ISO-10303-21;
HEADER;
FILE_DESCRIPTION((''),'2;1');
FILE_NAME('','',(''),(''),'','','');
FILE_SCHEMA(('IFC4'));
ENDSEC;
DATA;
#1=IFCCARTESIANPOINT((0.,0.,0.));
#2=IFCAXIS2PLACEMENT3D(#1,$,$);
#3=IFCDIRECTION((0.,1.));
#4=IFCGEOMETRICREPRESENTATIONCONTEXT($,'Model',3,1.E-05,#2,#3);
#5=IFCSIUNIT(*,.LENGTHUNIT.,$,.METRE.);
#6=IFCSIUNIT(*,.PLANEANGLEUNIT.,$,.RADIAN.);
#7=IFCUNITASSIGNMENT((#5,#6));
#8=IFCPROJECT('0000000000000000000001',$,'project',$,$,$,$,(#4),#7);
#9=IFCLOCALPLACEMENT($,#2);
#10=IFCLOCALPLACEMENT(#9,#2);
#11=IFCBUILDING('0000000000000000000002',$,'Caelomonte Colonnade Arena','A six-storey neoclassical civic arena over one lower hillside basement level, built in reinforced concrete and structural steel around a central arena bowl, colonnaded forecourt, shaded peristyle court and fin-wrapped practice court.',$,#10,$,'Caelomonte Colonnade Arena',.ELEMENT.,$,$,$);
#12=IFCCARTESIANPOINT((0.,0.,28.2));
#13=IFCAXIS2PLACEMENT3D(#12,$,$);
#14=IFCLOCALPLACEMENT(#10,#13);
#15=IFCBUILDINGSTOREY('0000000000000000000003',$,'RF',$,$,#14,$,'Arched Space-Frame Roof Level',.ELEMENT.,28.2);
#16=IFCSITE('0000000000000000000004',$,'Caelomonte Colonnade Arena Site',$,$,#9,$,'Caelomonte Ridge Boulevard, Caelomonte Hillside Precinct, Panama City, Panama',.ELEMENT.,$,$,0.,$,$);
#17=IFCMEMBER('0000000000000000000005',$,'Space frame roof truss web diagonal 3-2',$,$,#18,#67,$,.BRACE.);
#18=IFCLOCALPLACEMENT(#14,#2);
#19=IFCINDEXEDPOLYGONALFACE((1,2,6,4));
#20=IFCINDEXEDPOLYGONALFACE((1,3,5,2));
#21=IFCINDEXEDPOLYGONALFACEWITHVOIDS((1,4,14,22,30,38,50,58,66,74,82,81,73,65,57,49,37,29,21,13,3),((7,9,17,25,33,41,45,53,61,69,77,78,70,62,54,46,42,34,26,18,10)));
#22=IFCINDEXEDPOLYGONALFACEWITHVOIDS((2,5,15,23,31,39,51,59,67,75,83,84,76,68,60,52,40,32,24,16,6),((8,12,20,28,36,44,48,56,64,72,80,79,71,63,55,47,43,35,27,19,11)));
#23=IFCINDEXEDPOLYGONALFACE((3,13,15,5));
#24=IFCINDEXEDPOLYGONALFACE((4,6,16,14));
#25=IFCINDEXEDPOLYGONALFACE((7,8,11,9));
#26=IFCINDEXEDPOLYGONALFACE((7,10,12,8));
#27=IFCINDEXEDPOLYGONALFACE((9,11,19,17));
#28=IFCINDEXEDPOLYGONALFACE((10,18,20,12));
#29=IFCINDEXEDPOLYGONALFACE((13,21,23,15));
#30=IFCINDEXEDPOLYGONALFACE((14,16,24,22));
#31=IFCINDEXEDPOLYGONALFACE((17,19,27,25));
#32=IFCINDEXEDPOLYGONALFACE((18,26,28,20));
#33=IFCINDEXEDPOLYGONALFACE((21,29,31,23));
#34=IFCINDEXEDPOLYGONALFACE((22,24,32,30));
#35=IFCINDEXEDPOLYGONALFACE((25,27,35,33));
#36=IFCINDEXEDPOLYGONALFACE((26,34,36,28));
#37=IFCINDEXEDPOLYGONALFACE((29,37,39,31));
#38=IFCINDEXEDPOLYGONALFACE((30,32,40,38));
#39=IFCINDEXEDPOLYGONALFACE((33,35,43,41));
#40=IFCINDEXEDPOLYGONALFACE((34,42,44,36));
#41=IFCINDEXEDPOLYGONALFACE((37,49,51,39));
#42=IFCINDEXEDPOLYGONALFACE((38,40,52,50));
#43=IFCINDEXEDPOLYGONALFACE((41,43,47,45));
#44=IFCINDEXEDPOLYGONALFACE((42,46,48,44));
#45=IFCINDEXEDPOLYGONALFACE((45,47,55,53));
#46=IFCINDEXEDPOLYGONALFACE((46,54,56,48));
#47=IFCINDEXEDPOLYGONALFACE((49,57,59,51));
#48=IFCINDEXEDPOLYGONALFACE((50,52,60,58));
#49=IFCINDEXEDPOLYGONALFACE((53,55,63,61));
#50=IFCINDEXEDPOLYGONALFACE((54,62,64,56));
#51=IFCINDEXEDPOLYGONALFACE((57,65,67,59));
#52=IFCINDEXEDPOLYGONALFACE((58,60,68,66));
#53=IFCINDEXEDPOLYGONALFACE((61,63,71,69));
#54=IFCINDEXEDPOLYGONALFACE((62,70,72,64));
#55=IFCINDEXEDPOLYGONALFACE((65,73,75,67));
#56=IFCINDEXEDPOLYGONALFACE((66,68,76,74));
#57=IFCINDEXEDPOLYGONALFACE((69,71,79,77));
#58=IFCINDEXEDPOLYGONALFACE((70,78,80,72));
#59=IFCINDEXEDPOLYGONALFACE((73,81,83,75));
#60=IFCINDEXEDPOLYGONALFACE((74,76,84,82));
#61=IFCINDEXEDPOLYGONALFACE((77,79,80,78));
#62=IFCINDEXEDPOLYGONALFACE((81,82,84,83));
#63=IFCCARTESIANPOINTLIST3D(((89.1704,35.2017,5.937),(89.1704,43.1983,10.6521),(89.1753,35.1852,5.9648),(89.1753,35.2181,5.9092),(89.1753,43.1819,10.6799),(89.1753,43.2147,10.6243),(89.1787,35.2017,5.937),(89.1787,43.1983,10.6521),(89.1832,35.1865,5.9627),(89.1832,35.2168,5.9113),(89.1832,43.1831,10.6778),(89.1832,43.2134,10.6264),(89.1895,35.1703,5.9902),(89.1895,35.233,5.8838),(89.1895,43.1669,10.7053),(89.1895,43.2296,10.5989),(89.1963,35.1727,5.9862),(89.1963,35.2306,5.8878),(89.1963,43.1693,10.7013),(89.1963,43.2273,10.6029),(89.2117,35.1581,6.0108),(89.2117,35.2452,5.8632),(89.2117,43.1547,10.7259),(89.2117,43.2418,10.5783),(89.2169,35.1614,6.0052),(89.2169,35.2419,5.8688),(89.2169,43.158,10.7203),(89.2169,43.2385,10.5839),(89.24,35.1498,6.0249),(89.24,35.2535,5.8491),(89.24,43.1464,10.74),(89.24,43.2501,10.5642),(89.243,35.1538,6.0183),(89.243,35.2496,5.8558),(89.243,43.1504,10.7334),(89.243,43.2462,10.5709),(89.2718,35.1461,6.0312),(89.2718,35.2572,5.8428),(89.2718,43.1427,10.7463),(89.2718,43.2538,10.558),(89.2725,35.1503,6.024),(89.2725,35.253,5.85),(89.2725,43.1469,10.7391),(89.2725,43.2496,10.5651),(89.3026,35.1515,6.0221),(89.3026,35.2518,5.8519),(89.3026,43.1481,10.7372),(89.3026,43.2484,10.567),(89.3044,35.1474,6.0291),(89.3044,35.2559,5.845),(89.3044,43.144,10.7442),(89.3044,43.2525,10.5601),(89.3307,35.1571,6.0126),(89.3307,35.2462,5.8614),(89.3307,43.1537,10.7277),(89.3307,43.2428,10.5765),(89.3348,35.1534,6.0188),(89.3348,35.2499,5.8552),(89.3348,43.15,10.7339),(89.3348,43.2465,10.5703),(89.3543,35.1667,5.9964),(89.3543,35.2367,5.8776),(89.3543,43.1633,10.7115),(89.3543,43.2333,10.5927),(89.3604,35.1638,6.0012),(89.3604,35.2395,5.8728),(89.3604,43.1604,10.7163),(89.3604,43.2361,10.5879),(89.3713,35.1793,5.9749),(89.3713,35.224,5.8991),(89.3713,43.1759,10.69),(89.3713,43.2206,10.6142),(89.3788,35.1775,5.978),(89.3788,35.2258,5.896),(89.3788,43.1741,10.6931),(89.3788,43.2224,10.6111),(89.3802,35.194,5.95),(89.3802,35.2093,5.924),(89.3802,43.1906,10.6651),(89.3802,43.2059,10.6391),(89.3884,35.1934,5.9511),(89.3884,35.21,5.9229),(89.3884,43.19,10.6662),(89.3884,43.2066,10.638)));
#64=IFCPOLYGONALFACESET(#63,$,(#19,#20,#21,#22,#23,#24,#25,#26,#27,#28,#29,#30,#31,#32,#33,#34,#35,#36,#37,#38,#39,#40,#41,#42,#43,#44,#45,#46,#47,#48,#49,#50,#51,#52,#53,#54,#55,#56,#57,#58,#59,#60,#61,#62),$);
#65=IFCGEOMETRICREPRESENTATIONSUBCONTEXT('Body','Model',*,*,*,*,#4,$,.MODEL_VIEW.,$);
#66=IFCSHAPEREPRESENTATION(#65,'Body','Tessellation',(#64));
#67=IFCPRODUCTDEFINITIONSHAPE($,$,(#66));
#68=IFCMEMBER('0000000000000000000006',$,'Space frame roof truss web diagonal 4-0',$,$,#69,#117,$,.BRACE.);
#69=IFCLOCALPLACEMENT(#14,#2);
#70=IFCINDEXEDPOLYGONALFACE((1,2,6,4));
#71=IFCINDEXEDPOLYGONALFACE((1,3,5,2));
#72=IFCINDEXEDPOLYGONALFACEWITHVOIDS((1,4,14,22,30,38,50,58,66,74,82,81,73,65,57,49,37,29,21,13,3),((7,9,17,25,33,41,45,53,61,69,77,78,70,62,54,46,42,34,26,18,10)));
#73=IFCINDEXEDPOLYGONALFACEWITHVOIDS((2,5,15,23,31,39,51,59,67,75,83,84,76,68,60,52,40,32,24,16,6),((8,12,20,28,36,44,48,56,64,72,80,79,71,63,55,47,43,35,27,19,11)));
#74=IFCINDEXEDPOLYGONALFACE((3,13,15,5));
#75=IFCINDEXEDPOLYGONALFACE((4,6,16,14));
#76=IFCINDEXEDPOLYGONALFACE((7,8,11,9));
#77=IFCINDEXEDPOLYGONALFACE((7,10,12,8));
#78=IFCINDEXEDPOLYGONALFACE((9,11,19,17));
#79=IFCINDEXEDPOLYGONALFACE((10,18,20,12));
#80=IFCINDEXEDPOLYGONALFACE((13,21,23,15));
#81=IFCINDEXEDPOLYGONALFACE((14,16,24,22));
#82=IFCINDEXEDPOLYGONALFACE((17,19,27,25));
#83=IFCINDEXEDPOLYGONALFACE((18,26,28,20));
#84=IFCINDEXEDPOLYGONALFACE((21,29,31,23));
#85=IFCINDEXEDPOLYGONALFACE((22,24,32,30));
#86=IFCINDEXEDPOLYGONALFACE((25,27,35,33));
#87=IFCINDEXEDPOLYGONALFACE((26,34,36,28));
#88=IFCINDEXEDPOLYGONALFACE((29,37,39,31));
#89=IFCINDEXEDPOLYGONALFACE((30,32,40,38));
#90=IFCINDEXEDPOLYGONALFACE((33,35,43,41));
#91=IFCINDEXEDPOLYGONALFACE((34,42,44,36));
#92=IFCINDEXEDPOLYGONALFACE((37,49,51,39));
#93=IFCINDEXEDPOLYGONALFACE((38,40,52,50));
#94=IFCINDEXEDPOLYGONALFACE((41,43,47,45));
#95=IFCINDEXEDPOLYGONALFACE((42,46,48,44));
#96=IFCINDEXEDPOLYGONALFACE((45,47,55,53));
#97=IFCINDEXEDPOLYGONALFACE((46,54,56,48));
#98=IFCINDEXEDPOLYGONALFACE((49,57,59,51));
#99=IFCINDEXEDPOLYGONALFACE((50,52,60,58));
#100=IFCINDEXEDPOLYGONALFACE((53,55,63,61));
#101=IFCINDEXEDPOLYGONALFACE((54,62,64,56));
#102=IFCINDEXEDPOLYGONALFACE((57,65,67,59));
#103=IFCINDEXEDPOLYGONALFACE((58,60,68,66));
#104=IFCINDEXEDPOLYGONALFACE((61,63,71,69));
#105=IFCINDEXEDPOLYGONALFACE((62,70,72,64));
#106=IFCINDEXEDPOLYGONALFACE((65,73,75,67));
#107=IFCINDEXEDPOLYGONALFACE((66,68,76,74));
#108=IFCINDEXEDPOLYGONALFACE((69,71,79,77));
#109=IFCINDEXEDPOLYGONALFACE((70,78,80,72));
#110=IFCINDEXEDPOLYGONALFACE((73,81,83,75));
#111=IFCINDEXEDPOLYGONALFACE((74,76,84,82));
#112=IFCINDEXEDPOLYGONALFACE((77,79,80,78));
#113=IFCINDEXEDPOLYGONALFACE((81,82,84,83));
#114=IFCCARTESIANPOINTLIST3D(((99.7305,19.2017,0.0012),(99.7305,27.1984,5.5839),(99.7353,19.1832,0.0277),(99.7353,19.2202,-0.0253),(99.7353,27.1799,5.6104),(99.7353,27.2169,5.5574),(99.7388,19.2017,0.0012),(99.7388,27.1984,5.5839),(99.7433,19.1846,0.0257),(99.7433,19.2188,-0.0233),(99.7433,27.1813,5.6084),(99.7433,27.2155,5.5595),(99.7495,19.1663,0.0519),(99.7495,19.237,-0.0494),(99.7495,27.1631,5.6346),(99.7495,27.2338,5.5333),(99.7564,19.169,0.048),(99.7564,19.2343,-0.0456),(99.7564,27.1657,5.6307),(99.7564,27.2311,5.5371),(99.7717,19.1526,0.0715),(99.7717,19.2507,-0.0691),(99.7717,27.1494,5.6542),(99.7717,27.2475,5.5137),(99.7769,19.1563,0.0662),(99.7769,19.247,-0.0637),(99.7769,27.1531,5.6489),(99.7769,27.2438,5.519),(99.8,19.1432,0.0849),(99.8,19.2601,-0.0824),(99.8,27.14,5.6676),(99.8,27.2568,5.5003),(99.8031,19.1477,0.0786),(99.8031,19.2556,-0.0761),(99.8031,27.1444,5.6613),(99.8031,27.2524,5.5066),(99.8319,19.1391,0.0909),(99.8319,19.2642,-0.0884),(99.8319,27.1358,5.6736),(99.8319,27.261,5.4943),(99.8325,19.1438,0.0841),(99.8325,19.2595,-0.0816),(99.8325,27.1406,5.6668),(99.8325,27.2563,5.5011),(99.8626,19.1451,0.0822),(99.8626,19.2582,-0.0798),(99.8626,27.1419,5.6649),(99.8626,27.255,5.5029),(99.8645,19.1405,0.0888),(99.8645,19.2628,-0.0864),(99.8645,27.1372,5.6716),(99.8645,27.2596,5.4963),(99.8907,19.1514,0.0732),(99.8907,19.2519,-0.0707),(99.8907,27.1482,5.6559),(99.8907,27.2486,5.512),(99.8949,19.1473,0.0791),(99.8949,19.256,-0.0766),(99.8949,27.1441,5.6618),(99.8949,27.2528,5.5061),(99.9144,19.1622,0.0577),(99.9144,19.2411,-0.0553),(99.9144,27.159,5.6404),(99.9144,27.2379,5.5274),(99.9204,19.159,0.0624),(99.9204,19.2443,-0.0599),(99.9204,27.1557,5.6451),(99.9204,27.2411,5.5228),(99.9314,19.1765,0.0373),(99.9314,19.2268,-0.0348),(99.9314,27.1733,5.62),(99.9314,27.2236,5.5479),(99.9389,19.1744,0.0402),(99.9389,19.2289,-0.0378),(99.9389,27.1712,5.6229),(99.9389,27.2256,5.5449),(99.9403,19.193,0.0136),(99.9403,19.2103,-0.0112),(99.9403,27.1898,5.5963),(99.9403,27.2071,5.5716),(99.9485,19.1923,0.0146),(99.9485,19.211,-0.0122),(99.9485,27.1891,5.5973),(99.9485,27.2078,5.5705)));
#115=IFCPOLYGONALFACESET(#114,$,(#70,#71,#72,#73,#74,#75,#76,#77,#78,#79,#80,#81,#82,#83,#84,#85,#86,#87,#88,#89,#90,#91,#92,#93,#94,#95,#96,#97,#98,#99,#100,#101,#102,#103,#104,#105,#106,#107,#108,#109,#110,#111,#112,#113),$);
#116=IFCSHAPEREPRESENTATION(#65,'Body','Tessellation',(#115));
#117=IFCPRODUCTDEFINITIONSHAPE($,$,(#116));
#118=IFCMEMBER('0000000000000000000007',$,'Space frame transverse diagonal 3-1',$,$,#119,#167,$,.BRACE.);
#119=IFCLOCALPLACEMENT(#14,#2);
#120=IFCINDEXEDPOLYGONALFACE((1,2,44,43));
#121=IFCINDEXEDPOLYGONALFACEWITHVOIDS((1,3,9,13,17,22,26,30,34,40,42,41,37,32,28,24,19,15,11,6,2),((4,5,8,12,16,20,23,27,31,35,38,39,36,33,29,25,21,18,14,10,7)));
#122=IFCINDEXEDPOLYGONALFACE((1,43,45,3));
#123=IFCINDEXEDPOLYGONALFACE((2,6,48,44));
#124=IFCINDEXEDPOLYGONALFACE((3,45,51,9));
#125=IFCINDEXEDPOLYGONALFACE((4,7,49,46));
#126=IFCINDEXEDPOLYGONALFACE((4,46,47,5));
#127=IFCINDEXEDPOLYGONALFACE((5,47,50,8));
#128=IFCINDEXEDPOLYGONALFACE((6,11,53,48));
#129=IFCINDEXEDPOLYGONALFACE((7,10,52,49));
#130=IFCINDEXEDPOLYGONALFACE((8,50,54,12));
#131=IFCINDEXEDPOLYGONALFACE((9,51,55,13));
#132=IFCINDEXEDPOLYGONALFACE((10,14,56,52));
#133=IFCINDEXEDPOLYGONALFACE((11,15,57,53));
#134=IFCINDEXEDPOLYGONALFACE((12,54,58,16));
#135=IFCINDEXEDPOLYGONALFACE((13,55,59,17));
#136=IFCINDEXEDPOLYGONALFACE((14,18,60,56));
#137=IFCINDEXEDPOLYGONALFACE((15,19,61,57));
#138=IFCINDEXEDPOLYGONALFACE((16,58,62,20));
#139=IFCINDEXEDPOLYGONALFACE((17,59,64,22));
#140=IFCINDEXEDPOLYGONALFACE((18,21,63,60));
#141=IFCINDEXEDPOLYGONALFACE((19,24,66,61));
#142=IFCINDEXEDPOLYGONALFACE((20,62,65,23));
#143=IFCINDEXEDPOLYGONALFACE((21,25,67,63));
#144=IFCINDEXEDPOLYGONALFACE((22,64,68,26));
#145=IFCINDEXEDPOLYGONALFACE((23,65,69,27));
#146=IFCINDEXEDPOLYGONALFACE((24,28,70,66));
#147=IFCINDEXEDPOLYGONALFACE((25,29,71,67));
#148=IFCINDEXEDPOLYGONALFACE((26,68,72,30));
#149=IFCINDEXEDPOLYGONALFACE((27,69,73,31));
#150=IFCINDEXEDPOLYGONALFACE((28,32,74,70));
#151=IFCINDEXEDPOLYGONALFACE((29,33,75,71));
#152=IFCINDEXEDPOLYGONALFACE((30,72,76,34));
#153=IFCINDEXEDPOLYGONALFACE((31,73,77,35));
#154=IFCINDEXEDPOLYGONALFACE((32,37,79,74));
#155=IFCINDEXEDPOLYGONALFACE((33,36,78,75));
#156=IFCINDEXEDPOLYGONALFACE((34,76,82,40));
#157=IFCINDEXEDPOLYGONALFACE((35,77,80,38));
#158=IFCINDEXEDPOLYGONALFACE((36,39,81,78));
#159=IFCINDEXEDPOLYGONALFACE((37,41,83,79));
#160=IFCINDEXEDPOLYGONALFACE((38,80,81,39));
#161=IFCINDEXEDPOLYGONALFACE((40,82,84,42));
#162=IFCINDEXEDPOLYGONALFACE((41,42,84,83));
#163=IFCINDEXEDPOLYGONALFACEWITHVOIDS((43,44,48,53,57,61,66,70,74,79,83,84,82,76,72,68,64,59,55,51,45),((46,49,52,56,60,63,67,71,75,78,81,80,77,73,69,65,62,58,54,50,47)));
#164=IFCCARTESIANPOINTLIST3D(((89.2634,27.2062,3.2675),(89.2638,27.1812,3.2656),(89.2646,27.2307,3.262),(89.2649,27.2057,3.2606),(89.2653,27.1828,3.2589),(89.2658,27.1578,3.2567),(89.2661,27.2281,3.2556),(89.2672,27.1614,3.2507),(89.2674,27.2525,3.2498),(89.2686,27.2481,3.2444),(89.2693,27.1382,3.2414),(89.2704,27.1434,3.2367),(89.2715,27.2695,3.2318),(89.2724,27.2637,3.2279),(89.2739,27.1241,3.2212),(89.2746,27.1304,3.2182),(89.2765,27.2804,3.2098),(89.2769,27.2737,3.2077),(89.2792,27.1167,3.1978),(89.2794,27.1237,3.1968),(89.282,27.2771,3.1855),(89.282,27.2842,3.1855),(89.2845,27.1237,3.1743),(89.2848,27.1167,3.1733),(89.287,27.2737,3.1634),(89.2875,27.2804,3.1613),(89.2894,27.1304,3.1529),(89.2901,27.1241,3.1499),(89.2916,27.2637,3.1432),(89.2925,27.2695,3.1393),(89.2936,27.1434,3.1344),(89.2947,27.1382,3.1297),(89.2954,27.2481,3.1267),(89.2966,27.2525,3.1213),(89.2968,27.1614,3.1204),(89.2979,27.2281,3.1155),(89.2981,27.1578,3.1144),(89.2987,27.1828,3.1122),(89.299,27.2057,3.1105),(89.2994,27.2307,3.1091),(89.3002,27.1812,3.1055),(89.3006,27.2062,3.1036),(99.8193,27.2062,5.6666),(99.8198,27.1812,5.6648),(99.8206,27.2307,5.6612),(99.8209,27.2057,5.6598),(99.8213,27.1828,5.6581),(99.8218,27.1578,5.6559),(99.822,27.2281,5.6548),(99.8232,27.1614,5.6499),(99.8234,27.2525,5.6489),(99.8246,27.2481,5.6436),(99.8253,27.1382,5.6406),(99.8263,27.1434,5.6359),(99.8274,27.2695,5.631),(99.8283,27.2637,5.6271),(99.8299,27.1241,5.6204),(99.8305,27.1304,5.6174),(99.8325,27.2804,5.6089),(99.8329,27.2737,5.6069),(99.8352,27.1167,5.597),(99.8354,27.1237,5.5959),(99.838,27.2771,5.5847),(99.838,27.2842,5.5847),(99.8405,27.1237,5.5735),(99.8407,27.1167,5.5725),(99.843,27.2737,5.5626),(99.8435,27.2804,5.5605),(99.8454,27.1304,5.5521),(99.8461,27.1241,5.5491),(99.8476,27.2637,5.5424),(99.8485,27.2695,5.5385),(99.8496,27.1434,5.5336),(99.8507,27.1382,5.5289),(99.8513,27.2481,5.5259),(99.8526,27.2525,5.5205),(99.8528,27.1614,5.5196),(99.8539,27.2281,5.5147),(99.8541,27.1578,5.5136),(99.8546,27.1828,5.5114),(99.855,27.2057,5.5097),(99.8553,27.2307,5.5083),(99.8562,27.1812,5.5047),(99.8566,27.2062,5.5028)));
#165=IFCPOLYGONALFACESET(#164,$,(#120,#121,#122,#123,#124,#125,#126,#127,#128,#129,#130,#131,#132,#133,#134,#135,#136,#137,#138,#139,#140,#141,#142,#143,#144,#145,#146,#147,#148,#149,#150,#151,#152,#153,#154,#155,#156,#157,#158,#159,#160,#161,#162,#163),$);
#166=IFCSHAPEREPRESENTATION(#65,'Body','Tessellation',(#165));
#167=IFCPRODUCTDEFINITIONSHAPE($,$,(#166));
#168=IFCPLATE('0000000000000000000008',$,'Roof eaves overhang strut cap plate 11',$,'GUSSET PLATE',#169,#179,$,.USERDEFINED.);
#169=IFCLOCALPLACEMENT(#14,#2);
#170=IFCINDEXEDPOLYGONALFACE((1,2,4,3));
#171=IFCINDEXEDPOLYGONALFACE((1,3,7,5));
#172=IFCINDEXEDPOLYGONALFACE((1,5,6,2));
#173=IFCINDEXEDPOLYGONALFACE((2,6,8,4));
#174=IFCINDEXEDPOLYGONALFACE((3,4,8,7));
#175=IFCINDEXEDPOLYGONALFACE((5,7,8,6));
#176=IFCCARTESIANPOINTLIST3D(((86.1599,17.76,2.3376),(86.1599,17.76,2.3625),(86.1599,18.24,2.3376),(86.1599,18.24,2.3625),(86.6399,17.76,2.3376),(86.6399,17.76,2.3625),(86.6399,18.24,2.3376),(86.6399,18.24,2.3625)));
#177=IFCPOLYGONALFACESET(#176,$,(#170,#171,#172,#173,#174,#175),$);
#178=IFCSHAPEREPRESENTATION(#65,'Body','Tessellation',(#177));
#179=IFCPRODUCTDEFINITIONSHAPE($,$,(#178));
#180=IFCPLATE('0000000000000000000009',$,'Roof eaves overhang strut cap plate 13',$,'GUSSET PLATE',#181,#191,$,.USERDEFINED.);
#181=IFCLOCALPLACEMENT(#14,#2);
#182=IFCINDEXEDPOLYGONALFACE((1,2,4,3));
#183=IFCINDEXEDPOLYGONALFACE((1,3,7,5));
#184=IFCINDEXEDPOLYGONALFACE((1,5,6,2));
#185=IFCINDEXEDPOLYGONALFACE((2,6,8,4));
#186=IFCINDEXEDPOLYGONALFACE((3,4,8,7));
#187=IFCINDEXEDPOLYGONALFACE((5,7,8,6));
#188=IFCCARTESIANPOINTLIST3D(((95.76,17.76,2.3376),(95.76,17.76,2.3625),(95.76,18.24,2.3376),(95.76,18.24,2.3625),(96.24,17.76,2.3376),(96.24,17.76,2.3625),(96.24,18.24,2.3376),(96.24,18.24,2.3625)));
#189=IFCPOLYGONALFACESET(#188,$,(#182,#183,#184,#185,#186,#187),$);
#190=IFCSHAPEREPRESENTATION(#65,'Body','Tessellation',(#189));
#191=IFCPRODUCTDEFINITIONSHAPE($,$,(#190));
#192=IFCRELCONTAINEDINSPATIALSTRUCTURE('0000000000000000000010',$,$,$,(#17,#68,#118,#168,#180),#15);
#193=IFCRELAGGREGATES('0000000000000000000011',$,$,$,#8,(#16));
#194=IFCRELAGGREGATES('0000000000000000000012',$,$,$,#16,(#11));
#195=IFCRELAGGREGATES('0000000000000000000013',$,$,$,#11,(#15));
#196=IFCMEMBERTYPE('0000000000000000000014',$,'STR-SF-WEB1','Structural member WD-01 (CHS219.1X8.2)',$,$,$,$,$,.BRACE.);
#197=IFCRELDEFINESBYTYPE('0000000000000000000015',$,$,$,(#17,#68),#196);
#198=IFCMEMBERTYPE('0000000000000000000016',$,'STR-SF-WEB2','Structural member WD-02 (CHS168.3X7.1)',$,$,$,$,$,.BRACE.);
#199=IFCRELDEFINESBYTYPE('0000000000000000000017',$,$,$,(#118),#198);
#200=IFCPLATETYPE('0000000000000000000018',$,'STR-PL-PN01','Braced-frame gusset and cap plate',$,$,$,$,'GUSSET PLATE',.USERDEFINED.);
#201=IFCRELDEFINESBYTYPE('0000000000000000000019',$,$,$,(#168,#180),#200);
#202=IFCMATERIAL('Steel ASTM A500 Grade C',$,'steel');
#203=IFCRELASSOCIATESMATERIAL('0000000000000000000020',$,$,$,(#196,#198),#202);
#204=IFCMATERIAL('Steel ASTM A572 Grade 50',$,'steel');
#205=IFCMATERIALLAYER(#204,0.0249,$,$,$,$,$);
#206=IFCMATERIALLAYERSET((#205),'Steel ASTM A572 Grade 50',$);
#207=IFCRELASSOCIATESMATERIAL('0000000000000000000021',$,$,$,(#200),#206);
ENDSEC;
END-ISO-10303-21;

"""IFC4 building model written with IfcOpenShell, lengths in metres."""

from ifc_helpers import new_model, si_unit, direction, frame, origin, origin_2d, place, context, subcontext, project, spatial, rectangle, hollow_circle, extrude, material, layer, layer_set, material_profile, profile_set, type_object, element, save


model = new_model("IFC4")

# Units and contexts
model_context = context("Model", 3, precision=1e-05, world=origin(), true_north=direction((0.0, 1.0)))
body_context = subcontext(model_context, "Body", "Model", "MODEL_VIEW")
ifc_project = project(units=[si_unit("LENGTHUNIT", "METRE"), si_unit("PLANEANGLEUNIT", "RADIAN")], contexts=[model_context])

# Site, building, storey
site_placement = place(None, origin())
site = spatial("IfcSite", under=ifc_project, at=site_placement, Name="Caelomonte Colonnade Arena Site", LongName="Caelomonte Ridge Boulevard, Caelomonte Hillside Precinct, Panama City, Panama", CompositionType="ELEMENT", RefElevation=0.0)
building_placement = place(site_placement, origin())
building = spatial("IfcBuilding", under=site, at=building_placement, Name="Caelomonte Colonnade Arena", Description="A six-storey neoclassical civic arena over one lower hillside basement level, built in reinforced concrete and structural steel around a central arena bowl, colonnaded forecourt, shaded peristyle court and fin-wrapped practice court.", LongName="Caelomonte Colonnade Arena", CompositionType="ELEMENT")
storey_placement = place(building_placement, frame((0.0, 0.0, 28.2)))
storey = spatial("IfcBuildingStorey", under=building, at=storey_placement, Name="RF", LongName="Arched Space-Frame Roof Level", CompositionType="ELEMENT", Elevation=28.2)

# Members
ifc_material_1 = material(Name="Steel ASTM A500 Grade C", Category="steel")
ifc_material_profile_1 = material_profile(ifc_material_1, hollow_circle(Radius=0.1096, WallThickness=0.0083, at=origin_2d()), Name="CHS219.1X8.2")
ifc_profile_set_1 = profile_set([ifc_material_profile_1], Name="Steel ASTM A500 Grade C")
member_type_1 = type_object("IfcMemberType", Name="STR-SF-WEB1", Description="Structural member WD-01 (CHS219.1X8.2)", PredefinedType="BRACE", material=ifc_profile_set_1)
member_1_placement = place(storey_placement, frame((89.28, 35.2017, 5.937), z_axis=(0.0, 0.861406, 0.507917), x_axis=(-1.0, 0.0, 0.0)))
element("IfcMember", 1, at=member_1_placement, inside=storey, type_object=member_type_1, Name="Space frame roof truss web diagonal 3-2", PredefinedType="BRACE", context=body_context, shape_type="SweptSolid", body=[
    extrude(hollow_circle(Radius=0.1096, WallThickness=0.0083, at=origin_2d()), origin(), (0.0, 0.0, 1.0), 9.2832),
])
member_2_placement = place(storey_placement, frame((99.8401, 19.2017, 0.0012), z_axis=(0.0, 0.819955, 0.572429), x_axis=(-1.0, 0.0, 0.0)))
element("IfcMember", 2, at=member_2_placement, inside=storey, type_object=member_type_1, Name="Space frame roof truss web diagonal 4-0", PredefinedType="BRACE", context=body_context, shape_type="SweptSolid", body=[
    extrude(hollow_circle(Radius=0.1096, WallThickness=0.0083, at=origin_2d()), origin(), (0.0, 0.0, 1.0), 9.7527),
])
ifc_material_profile_2 = material_profile(ifc_material_1, hollow_circle(Radius=0.0842, WallThickness=0.0071, at=origin_2d()), Name="CHS168.3X7.1")
ifc_profile_set_2 = profile_set([ifc_material_profile_2], Name="Steel ASTM A500 Grade C")
member_type_2 = type_object("IfcMemberType", Name="STR-SF-WEB2", Description="Structural member WD-02 (CHS168.3X7.1)", PredefinedType="BRACE", material=ifc_profile_set_2)
member_3_placement = place(storey_placement, frame((89.282, 27.2, 3.1855), z_axis=(0.975131, 0.0, 0.22163), x_axis=(0.0, 1.0, 0.0)))
element("IfcMember", 3, at=member_3_placement, inside=storey, type_object=member_type_2, Name="Space frame transverse diagonal 3-1", PredefinedType="BRACE", context=body_context, shape_type="SweptSolid", body=[
    extrude(hollow_circle(Radius=0.0842, WallThickness=0.0071, at=origin_2d()), origin(), (0.0, 0.0, 1.0), 10.8252),
])

# Plates
ifc_material_2 = material(Name="Steel ASTM A572 Grade 50", Category="steel")
ifc_layer_1 = layer(ifc_material_2, 0.0249)
ifc_layer_set_1 = layer_set([ifc_layer_1], Name="Steel ASTM A572 Grade 50")
plate_type_1 = type_object("IfcPlateType", Name="STR-PL-PN01", Description="Braced-frame gusset and cap plate", ElementType="GUSSET PLATE", PredefinedType="USERDEFINED", material=ifc_layer_set_1)
for number, where, z_axis, x_axis, name in (
    (4, (86.3999, 18.0, 2.3376), (0.0, 0.0, 1.0), (1.0, 0.0, 0.0), "Roof eaves overhang strut cap plate 11"),
    (5, (96.0, 18.0, 2.3376), (0.0, 0.0, 1.0), (1.0, 0.0, 0.0), "Roof eaves overhang strut cap plate 13"),
):
    element("IfcPlate", number, at=place(storey_placement, frame(where, z_axis=z_axis, x_axis=x_axis)), inside=storey, type_object=plate_type_1, Name=name, ObjectType="GUSSET PLATE", PredefinedType="USERDEFINED", context=body_context, shape_type="SweptSolid", body=[
        extrude(rectangle(XDim=0.48, YDim=0.48, at=origin_2d()), origin(), (0.0, 0.0, 1.0), 0.0249),
    ])

save(model, "model.ifc")
